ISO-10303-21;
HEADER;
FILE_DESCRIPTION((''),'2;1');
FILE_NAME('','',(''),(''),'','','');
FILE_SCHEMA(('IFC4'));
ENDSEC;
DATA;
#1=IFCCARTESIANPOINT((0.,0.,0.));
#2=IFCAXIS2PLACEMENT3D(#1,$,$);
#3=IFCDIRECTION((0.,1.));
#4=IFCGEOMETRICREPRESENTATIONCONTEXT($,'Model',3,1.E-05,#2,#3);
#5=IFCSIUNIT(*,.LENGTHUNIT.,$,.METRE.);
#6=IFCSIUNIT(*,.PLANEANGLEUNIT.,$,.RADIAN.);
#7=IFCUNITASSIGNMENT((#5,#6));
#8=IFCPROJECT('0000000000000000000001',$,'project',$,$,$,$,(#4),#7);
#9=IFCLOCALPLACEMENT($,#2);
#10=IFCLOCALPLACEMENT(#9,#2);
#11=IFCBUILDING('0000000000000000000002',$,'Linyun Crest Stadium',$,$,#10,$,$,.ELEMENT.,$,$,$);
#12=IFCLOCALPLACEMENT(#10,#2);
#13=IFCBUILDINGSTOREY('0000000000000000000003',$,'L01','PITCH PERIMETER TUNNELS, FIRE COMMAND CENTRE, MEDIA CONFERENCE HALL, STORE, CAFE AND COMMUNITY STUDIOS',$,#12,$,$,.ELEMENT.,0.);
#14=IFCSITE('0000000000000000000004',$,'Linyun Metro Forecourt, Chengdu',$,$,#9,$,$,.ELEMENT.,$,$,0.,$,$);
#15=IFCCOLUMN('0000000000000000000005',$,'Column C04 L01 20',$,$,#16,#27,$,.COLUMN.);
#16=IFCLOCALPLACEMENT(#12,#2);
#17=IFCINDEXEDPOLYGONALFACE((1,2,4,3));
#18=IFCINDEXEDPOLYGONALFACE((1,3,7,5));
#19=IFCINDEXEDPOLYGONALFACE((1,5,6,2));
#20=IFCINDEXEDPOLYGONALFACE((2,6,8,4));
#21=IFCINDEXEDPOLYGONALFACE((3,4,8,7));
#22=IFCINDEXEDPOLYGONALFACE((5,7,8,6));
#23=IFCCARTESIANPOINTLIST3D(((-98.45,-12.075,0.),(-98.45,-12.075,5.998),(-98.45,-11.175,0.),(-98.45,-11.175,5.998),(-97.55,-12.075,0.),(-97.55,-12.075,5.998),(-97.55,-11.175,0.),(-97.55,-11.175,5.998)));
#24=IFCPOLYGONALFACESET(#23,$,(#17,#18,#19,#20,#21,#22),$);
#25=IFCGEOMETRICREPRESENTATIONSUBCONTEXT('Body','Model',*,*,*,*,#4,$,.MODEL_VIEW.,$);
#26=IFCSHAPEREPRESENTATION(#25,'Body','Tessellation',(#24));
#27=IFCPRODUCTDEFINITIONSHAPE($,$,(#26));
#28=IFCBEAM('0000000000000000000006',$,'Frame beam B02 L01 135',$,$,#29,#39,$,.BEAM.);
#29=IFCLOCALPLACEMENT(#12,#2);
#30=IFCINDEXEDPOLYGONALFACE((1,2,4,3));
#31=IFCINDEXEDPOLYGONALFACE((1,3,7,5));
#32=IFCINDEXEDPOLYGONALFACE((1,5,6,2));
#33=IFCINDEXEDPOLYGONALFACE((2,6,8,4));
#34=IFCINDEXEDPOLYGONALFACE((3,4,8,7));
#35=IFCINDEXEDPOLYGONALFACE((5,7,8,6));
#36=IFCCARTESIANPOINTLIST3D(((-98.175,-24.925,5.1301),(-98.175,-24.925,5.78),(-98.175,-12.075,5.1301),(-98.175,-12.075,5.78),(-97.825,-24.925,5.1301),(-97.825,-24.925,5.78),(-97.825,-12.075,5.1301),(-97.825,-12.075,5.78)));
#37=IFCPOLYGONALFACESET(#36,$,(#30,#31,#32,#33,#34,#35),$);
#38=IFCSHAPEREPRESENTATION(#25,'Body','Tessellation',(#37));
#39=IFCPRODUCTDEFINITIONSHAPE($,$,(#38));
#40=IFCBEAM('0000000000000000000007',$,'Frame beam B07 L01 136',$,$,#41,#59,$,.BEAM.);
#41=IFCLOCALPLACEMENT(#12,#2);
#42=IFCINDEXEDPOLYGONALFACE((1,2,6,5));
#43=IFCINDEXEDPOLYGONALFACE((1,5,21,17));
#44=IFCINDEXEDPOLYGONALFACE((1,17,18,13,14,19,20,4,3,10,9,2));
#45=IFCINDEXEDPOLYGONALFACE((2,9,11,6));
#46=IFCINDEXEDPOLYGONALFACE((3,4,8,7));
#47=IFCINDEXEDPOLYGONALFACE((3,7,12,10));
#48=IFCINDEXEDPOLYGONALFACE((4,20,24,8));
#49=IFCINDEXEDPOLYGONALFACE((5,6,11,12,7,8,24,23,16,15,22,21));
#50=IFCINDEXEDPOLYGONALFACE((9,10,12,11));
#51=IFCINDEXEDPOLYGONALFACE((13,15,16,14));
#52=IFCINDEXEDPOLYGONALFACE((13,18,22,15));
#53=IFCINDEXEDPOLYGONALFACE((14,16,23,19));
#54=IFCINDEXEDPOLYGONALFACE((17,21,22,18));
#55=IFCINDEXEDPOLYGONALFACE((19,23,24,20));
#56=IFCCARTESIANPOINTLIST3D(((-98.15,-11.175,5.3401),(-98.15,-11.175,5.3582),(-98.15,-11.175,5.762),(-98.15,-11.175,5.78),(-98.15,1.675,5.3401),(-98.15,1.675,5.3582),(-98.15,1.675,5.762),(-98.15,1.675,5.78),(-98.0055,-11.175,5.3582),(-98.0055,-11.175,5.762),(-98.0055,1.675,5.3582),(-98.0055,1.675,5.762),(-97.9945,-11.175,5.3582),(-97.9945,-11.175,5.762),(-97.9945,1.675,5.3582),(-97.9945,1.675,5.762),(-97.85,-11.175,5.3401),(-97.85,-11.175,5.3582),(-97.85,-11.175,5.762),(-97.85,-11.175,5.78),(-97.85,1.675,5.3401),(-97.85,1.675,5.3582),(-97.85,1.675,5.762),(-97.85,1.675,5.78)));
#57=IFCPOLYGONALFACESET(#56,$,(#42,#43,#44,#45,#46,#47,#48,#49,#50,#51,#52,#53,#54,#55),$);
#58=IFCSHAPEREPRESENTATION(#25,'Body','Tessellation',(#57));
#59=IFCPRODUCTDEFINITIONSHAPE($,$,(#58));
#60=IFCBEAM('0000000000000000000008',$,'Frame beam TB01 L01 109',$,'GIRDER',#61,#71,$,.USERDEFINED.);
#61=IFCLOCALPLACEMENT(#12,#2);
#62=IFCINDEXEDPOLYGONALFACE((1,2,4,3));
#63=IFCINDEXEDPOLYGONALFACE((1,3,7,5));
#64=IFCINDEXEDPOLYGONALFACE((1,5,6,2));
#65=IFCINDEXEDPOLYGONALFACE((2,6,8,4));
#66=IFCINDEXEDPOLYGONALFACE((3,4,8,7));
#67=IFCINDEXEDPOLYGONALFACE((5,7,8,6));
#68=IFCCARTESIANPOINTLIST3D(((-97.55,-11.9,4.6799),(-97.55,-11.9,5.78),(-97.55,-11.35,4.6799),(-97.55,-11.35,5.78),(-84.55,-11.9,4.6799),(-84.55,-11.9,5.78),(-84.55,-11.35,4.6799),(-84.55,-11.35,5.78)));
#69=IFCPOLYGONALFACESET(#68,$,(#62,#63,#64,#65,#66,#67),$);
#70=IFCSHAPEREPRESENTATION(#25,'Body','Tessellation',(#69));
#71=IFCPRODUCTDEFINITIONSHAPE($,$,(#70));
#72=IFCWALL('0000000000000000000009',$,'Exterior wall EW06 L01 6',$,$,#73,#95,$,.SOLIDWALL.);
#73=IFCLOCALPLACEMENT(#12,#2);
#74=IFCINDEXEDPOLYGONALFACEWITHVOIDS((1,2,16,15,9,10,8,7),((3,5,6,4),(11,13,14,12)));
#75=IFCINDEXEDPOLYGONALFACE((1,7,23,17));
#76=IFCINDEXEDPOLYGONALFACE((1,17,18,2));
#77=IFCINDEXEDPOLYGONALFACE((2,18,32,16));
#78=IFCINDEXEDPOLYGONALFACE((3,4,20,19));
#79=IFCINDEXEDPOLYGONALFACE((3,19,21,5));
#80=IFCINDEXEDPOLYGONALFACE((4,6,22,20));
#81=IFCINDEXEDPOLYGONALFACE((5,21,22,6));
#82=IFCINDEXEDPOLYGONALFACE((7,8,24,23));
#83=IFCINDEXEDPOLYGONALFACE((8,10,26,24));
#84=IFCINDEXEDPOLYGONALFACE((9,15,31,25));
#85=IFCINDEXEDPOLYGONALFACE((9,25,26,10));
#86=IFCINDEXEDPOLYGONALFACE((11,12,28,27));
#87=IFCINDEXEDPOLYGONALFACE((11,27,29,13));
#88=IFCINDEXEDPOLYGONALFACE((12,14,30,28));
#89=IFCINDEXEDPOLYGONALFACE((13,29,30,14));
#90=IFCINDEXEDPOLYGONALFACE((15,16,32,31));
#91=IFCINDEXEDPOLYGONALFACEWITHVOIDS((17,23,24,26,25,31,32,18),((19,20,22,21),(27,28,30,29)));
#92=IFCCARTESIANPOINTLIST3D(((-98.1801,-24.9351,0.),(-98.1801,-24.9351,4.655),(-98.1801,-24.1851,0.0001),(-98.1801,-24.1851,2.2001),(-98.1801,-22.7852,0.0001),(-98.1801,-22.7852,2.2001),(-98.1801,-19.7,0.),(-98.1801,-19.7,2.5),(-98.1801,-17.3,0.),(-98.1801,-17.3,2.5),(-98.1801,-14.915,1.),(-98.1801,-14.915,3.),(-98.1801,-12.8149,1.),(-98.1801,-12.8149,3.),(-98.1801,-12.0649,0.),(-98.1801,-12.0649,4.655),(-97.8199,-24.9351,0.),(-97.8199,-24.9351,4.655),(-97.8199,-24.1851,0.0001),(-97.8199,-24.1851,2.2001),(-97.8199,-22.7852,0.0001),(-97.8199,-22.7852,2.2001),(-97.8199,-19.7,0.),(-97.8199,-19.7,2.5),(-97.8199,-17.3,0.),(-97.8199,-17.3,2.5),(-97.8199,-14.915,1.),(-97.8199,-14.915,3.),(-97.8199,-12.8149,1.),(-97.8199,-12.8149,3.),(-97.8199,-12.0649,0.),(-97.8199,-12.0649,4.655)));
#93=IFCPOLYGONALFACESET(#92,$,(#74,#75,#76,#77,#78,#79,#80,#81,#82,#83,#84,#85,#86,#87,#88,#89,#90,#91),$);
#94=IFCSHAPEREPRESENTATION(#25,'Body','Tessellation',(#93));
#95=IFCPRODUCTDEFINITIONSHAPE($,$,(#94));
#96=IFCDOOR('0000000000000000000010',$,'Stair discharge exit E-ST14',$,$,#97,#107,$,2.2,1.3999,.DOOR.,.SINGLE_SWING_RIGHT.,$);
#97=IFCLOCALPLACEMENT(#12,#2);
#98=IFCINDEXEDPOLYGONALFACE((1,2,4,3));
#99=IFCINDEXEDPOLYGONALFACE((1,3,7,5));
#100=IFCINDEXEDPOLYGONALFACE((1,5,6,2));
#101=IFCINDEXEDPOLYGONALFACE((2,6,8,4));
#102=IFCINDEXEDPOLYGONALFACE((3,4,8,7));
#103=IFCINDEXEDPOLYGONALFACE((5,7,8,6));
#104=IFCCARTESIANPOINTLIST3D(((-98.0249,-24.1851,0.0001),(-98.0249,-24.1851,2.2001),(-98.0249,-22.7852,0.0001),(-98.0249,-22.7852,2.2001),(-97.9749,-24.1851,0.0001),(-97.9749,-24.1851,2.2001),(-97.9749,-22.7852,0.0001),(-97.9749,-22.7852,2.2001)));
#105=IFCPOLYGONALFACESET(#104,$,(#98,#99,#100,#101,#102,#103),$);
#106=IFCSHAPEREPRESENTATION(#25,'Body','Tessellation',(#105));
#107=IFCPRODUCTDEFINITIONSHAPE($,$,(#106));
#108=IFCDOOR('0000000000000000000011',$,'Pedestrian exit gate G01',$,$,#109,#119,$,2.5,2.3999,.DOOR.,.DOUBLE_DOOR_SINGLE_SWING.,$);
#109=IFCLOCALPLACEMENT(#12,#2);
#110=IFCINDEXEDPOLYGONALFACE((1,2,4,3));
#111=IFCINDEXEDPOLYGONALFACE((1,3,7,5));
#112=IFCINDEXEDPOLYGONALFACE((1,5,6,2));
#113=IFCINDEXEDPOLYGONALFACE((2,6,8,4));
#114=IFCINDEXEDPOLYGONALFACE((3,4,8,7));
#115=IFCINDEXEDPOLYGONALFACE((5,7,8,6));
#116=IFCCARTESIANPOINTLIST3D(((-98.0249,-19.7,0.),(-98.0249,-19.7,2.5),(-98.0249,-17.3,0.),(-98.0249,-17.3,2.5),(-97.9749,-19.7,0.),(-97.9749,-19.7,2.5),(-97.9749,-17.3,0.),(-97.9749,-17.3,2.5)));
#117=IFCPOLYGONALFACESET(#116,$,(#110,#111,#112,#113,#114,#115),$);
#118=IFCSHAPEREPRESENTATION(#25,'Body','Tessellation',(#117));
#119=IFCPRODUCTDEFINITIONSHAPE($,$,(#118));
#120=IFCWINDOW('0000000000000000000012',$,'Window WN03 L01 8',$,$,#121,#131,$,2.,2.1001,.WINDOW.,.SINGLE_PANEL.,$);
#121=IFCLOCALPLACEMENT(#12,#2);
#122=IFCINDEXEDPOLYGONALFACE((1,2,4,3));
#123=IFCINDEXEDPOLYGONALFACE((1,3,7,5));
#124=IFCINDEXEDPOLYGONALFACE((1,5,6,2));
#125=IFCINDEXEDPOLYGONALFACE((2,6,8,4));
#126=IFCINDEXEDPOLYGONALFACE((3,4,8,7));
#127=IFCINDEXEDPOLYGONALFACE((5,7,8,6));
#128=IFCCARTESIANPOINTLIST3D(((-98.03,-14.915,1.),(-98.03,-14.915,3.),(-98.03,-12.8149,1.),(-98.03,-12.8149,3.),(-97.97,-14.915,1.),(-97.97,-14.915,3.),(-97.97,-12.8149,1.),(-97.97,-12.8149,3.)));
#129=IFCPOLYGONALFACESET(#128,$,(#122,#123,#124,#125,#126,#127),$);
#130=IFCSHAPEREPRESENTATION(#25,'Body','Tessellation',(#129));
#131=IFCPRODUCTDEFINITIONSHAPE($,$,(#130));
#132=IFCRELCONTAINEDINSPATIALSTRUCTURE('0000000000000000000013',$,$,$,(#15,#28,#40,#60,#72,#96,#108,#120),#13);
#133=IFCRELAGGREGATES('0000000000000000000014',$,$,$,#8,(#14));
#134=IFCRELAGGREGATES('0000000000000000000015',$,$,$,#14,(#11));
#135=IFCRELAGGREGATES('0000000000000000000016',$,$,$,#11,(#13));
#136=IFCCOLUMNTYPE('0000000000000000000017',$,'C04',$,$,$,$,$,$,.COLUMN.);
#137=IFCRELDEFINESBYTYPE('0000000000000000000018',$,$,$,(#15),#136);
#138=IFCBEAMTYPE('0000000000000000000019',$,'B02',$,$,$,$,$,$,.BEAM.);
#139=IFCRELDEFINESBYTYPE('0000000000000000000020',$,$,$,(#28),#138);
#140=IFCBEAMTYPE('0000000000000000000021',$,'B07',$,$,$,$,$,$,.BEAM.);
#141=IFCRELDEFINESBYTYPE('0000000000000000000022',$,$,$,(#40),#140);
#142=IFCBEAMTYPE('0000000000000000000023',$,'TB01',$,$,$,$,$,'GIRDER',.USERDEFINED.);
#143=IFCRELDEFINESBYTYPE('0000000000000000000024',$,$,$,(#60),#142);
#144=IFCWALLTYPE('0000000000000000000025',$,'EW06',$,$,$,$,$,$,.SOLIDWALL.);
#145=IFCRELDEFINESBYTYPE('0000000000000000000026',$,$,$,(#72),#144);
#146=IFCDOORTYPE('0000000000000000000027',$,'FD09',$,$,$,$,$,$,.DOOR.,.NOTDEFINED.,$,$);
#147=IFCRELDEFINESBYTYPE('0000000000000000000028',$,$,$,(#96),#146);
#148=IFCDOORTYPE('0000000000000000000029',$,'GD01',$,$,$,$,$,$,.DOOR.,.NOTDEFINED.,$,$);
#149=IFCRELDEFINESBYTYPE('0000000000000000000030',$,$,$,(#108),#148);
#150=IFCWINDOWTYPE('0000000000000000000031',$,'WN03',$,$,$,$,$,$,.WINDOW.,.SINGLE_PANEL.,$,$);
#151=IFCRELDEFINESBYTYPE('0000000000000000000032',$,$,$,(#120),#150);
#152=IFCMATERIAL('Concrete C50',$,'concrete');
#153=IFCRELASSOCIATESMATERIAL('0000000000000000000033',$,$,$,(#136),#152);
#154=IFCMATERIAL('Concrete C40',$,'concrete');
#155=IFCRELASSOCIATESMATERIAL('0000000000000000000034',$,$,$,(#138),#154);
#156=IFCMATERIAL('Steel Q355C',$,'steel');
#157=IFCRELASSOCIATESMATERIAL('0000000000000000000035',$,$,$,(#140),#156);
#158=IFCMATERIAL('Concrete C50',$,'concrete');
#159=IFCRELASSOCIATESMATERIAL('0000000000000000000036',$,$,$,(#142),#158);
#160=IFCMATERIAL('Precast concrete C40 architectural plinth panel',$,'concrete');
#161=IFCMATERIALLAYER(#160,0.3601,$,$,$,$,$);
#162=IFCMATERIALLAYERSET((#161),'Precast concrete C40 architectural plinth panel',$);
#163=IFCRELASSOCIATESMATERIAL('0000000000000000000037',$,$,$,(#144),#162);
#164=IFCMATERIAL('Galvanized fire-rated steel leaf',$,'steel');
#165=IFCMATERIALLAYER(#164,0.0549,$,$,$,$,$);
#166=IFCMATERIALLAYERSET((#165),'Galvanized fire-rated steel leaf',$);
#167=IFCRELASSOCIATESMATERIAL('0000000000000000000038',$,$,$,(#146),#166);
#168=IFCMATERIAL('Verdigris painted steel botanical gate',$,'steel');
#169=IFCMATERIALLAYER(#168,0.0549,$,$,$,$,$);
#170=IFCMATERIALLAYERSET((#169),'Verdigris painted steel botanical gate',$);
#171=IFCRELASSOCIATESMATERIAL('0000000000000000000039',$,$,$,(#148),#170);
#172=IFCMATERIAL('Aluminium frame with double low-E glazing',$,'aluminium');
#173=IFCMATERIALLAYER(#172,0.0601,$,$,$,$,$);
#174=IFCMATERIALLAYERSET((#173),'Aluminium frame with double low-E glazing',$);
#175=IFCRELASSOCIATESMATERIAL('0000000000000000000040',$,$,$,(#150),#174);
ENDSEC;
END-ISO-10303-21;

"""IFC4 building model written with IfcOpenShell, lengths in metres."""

from ifc_helpers import new_model, si_unit, direction, frame, frame_2d, origin, origin_2d, place, context, subcontext, project, spatial, rectangle, i_section, extrude, material, layer, layer_set, material_profile, profile_set, type_object, element, fill, save


model = new_model("IFC4")

# Units and contexts
model_context = context("Model", 3, precision=1e-05, world=origin(), true_north=direction((0.0, 1.0)))
body_context = subcontext(model_context, "Body", "Model", "MODEL_VIEW")
ifc_project = project(units=[si_unit("LENGTHUNIT", "METRE"), si_unit("PLANEANGLEUNIT", "RADIAN")], contexts=[model_context])

# Site, building, storey
site_placement = place(None, origin())
site = spatial("IfcSite", under=ifc_project, at=site_placement, Name="Linyun Metro Forecourt, Chengdu", CompositionType="ELEMENT", RefElevation=0.0)
building_placement = place(site_placement, origin())
building = spatial("IfcBuilding", under=site, at=building_placement, Name="Linyun Crest Stadium", CompositionType="ELEMENT")
storey_placement = place(building_placement, origin())
storey = spatial("IfcBuildingStorey", under=building, at=storey_placement, Name="L01", Description="PITCH PERIMETER TUNNELS, FIRE COMMAND CENTRE, MEDIA CONFERENCE HALL, STORE, CAFE AND COMMUNITY STUDIOS", CompositionType="ELEMENT", Elevation=0.0)

# Column
ifc_material_1 = material(Name="Concrete C50", Category="concrete")
ifc_material_profile_1 = material_profile(ifc_material_1, rectangle(XDim=0.8999, YDim=0.8999, at=origin_2d()), Name="RC 900x900")
ifc_profile_set_1 = profile_set([ifc_material_profile_1], Name="Concrete C50")
column_type = type_object("IfcColumnType", Name="C04", PredefinedType="COLUMN", material=ifc_profile_set_1)
column_placement = place(storey_placement, frame((-98.0, -11.625, 0.0), z_axis=(0.0, 0.0, 1.0), x_axis=(1.0, 0.0, 0.0)))
element("IfcColumn", 1, at=column_placement, inside=storey, type_object=column_type, Name="Column C04 L01 20", PredefinedType="COLUMN", context=body_context, shape_type="SweptSolid", body=[
    extrude(rectangle(XDim=0.8999, YDim=0.8999, at=origin_2d()), origin(), (0.0, 0.0, 1.0), 5.998),
])

# Beams
ifc_material_2 = material(Name="Concrete C40", Category="concrete")
ifc_material_profile_2 = material_profile(ifc_material_2, rectangle(XDim=0.3501, YDim=0.6499, at=origin_2d()), Name="RCB 650x350")
ifc_profile_set_2 = profile_set([ifc_material_profile_2], Name="Concrete C40")
beam_type_1 = type_object("IfcBeamType", Name="B02", PredefinedType="BEAM", material=ifc_profile_set_2)
beam_1_placement = place(storey_placement, frame((-98.0, -24.925, 5.4551), z_axis=(0.0, 1.0, 0.0), x_axis=(-1.0, 0.0, 0.0)))
element("IfcBeam", 2, at=beam_1_placement, inside=storey, type_object=beam_type_1, Name="Frame beam B02 L01 135", PredefinedType="BEAM", context=body_context, shape_type="SweptSolid", body=[
    extrude(rectangle(XDim=0.3501, YDim=0.6499, at=origin_2d()), origin(), (0.0, 0.0, 1.0), 12.8501),
])
ifc_material_3 = material(Name="Steel Q355C", Category="steel")
ifc_material_profile_3 = material_profile(ifc_material_3, i_section(OverallWidth=0.3, OverallDepth=0.4399, WebThickness=0.011, FlangeThickness=0.0181, at=origin_2d()), Name="HM 440x300")
ifc_profile_set_3 = profile_set([ifc_material_profile_3], Name="Steel Q355C")
beam_type_2 = type_object("IfcBeamType", Name="B07", PredefinedType="BEAM", material=ifc_profile_set_3)
beam_2_placement = place(storey_placement, frame((-98.0, -11.175, 5.5601), z_axis=(0.0, 1.0, 0.0), x_axis=(-1.0, 0.0, 0.0)))
element("IfcBeam", 3, at=beam_2_placement, inside=storey, type_object=beam_type_2, Name="Frame beam B07 L01 136", PredefinedType="BEAM", context=body_context, shape_type="SweptSolid", body=[
    extrude(i_section(OverallWidth=0.3, OverallDepth=0.4399, WebThickness=0.011, FlangeThickness=0.0181, at=origin_2d()), origin(), (0.0, 0.0, 1.0), 12.8501),
])
ifc_material_4 = material(Name="Concrete C50", Category="concrete")
ifc_material_profile_4 = material_profile(ifc_material_4, rectangle(XDim=0.55, YDim=1.1001, at=origin_2d()), Name="RCB 1100x550")
ifc_profile_set_4 = profile_set([ifc_material_profile_4], Name="Concrete C50")
beam_type_3 = type_object("IfcBeamType", Name="TB01", ElementType="GIRDER", PredefinedType="USERDEFINED", material=ifc_profile_set_4)
beam_3_placement = place(storey_placement, frame((-97.55, -11.625, 5.23), z_axis=(1.0, 0.0, 0.0), x_axis=(0.0, 1.0, 0.0)))
element("IfcBeam", 4, at=beam_3_placement, inside=storey, type_object=beam_type_3, Name="Frame beam TB01 L01 109", ObjectType="GIRDER", PredefinedType="USERDEFINED", context=body_context, shape_type="SweptSolid", body=[
    extrude(rectangle(XDim=0.55, YDim=1.1001, at=origin_2d()), origin(), (0.0, 0.0, 1.0), 13.0),
])

# Wall, openings, doors, window
ifc_material_5 = material(Name="Precast concrete C40 architectural plinth panel", Category="concrete")
ifc_layer_1 = layer(ifc_material_5, 0.3601)
ifc_layer_set_1 = layer_set([ifc_layer_1], Name="Precast concrete C40 architectural plinth panel")
wall_type_1 = type_object("IfcWallType", Name="EW06", PredefinedType="SOLIDWALL", material=ifc_layer_set_1)
wall_1_placement = place(storey_placement, frame((-98.0, -24.9351, 0.0), z_axis=(0.0, 0.0, 1.0), x_axis=(0.0, 1.0, 0.0)))
wall_1 = element("IfcWall", 5, at=wall_1_placement, inside=storey, type_object=wall_type_1, Name="Exterior wall EW06 L01 6", PredefinedType="SOLIDWALL", context=body_context, shape_type="SweptSolid", body=[
    extrude(rectangle(XDim=12.8701, YDim=0.3601, at=frame_2d((6.4351, 0.0))), origin(), (0.0, 0.0, 1.0), 4.655),
])
opening_1_placement = place(wall_1_placement, frame((5.2351, 0.0, 0.0)))
opening_1 = element("IfcOpeningElement", 6, at=opening_1_placement, cuts=wall_1, PredefinedType="OPENING", context=body_context, shape_type="SweptSolid", body=[
    extrude(rectangle(XDim=2.3999, YDim=2.5, at=frame_2d((1.2, 1.25))), frame((0.0, 0.1899, 0.0), z_axis=(0.0, -1.0, 0.0), x_axis=(1.0, 0.0, 0.0)), (0.0, 0.0, 1.0), 0.3801),
])
opening_2_placement = place(wall_1_placement, frame((0.75, 0.0, 0.0)))
opening_2 = element("IfcOpeningElement", 7, at=opening_2_placement, cuts=wall_1, PredefinedType="OPENING", context=body_context, shape_type="SweptSolid", body=[
    extrude(rectangle(XDim=1.3999, YDim=2.2, at=frame_2d((0.7, 1.1001))), frame((0.0, 0.1899, 0.0), z_axis=(0.0, -1.0, 0.0), x_axis=(1.0, 0.0, 0.0)), (0.0, 0.0, 1.0), 0.3801),
])
opening_3_placement = place(wall_1_placement, frame((10.02, 0.0, 1.0)))
opening_3 = element("IfcOpeningElement", 8, at=opening_3_placement, cuts=wall_1, PredefinedType="OPENING", context=body_context, shape_type="SweptSolid", body=[
    extrude(rectangle(XDim=2.1001, YDim=2.0, at=frame_2d((1.05, 1.0))), frame((0.0, 0.1899, 0.0), z_axis=(0.0, -1.0, 0.0), x_axis=(1.0, 0.0, 0.0)), (0.0, 0.0, 1.0), 0.3801),
])
ifc_material_6 = material(Name="Galvanized fire-rated steel leaf", Category="steel")
ifc_layer_2 = layer(ifc_material_6, 0.0549)
ifc_layer_set_2 = layer_set([ifc_layer_2], Name="Galvanized fire-rated steel leaf")
door_type_1 = type_object("IfcDoorType", Name="FD09", OperationType="NOTDEFINED", PredefinedType="DOOR", material=ifc_layer_set_2)
door_1_placement = place(opening_2_placement, origin())
door_1 = element("IfcDoor", 9, at=door_1_placement, inside=storey, type_object=door_type_1, Name="Stair discharge exit E-ST14", OperationType="SINGLE_SWING_RIGHT", OverallHeight=2.2, OverallWidth=1.3999, PredefinedType="DOOR", context=body_context, shape_type="SweptSolid", body=[
    extrude(rectangle(XDim=1.3999, YDim=2.2, at=frame_2d((0.7, 1.1001))), frame((0.0, 0.0249, 0.0), z_axis=(0.0, -1.0, 0.0), x_axis=(1.0, 0.0, 0.0)), (0.0, 0.0, 1.0), 0.05),
])
fill(opening_2, door_1)
ifc_material_7 = material(Name="Verdigris painted steel botanical gate", Category="steel")
ifc_layer_3 = layer(ifc_material_7, 0.0549)
ifc_layer_set_3 = layer_set([ifc_layer_3], Name="Verdigris painted steel botanical gate")
door_type_2 = type_object("IfcDoorType", Name="GD01", OperationType="NOTDEFINED", PredefinedType="DOOR", material=ifc_layer_set_3)
door_2_placement = place(opening_1_placement, origin())
door_2 = element("IfcDoor", 10, at=door_2_placement, inside=storey, type_object=door_type_2, Name="Pedestrian exit gate G01", OperationType="DOUBLE_DOOR_SINGLE_SWING", OverallHeight=2.5, OverallWidth=2.3999, PredefinedType="DOOR", context=body_context, shape_type="SweptSolid", body=[
    extrude(rectangle(XDim=2.3999, YDim=2.5, at=frame_2d((1.2, 1.25))), frame((0.0, 0.0249, 0.0), z_axis=(0.0, -1.0, 0.0), x_axis=(1.0, 0.0, 0.0)), (0.0, 0.0, 1.0), 0.05),
])
fill(opening_1, door_2)
ifc_material_8 = material(Name="Aluminium frame with double low-E glazing", Category="aluminium")
ifc_layer_4 = layer(ifc_material_8, 0.0601)
ifc_layer_set_4 = layer_set([ifc_layer_4], Name="Aluminium frame with double low-E glazing")
window_type_1 = type_object("IfcWindowType", Name="WN03", PartitioningType="SINGLE_PANEL", PredefinedType="WINDOW", material=ifc_layer_set_4)
window_1_placement = place(opening_3_placement, origin())
window_1 = element("IfcWindow", 11, at=window_1_placement, inside=storey, type_object=window_type_1, Name="Window WN03 L01 8", OverallHeight=2.0, OverallWidth=2.1001, PartitioningType="SINGLE_PANEL", PredefinedType="WINDOW", context=body_context, shape_type="SweptSolid", body=[
    extrude(rectangle(XDim=2.1001, YDim=2.0, at=frame_2d((1.05, 1.0))), frame((0.0, 0.03, 0.0), z_axis=(0.0, -1.0, 0.0), x_axis=(1.0, 0.0, 0.0)), (0.0, 0.0, 1.0), 0.0601),
])
fill(opening_3, window_1)

save(model, "model.ifc")
